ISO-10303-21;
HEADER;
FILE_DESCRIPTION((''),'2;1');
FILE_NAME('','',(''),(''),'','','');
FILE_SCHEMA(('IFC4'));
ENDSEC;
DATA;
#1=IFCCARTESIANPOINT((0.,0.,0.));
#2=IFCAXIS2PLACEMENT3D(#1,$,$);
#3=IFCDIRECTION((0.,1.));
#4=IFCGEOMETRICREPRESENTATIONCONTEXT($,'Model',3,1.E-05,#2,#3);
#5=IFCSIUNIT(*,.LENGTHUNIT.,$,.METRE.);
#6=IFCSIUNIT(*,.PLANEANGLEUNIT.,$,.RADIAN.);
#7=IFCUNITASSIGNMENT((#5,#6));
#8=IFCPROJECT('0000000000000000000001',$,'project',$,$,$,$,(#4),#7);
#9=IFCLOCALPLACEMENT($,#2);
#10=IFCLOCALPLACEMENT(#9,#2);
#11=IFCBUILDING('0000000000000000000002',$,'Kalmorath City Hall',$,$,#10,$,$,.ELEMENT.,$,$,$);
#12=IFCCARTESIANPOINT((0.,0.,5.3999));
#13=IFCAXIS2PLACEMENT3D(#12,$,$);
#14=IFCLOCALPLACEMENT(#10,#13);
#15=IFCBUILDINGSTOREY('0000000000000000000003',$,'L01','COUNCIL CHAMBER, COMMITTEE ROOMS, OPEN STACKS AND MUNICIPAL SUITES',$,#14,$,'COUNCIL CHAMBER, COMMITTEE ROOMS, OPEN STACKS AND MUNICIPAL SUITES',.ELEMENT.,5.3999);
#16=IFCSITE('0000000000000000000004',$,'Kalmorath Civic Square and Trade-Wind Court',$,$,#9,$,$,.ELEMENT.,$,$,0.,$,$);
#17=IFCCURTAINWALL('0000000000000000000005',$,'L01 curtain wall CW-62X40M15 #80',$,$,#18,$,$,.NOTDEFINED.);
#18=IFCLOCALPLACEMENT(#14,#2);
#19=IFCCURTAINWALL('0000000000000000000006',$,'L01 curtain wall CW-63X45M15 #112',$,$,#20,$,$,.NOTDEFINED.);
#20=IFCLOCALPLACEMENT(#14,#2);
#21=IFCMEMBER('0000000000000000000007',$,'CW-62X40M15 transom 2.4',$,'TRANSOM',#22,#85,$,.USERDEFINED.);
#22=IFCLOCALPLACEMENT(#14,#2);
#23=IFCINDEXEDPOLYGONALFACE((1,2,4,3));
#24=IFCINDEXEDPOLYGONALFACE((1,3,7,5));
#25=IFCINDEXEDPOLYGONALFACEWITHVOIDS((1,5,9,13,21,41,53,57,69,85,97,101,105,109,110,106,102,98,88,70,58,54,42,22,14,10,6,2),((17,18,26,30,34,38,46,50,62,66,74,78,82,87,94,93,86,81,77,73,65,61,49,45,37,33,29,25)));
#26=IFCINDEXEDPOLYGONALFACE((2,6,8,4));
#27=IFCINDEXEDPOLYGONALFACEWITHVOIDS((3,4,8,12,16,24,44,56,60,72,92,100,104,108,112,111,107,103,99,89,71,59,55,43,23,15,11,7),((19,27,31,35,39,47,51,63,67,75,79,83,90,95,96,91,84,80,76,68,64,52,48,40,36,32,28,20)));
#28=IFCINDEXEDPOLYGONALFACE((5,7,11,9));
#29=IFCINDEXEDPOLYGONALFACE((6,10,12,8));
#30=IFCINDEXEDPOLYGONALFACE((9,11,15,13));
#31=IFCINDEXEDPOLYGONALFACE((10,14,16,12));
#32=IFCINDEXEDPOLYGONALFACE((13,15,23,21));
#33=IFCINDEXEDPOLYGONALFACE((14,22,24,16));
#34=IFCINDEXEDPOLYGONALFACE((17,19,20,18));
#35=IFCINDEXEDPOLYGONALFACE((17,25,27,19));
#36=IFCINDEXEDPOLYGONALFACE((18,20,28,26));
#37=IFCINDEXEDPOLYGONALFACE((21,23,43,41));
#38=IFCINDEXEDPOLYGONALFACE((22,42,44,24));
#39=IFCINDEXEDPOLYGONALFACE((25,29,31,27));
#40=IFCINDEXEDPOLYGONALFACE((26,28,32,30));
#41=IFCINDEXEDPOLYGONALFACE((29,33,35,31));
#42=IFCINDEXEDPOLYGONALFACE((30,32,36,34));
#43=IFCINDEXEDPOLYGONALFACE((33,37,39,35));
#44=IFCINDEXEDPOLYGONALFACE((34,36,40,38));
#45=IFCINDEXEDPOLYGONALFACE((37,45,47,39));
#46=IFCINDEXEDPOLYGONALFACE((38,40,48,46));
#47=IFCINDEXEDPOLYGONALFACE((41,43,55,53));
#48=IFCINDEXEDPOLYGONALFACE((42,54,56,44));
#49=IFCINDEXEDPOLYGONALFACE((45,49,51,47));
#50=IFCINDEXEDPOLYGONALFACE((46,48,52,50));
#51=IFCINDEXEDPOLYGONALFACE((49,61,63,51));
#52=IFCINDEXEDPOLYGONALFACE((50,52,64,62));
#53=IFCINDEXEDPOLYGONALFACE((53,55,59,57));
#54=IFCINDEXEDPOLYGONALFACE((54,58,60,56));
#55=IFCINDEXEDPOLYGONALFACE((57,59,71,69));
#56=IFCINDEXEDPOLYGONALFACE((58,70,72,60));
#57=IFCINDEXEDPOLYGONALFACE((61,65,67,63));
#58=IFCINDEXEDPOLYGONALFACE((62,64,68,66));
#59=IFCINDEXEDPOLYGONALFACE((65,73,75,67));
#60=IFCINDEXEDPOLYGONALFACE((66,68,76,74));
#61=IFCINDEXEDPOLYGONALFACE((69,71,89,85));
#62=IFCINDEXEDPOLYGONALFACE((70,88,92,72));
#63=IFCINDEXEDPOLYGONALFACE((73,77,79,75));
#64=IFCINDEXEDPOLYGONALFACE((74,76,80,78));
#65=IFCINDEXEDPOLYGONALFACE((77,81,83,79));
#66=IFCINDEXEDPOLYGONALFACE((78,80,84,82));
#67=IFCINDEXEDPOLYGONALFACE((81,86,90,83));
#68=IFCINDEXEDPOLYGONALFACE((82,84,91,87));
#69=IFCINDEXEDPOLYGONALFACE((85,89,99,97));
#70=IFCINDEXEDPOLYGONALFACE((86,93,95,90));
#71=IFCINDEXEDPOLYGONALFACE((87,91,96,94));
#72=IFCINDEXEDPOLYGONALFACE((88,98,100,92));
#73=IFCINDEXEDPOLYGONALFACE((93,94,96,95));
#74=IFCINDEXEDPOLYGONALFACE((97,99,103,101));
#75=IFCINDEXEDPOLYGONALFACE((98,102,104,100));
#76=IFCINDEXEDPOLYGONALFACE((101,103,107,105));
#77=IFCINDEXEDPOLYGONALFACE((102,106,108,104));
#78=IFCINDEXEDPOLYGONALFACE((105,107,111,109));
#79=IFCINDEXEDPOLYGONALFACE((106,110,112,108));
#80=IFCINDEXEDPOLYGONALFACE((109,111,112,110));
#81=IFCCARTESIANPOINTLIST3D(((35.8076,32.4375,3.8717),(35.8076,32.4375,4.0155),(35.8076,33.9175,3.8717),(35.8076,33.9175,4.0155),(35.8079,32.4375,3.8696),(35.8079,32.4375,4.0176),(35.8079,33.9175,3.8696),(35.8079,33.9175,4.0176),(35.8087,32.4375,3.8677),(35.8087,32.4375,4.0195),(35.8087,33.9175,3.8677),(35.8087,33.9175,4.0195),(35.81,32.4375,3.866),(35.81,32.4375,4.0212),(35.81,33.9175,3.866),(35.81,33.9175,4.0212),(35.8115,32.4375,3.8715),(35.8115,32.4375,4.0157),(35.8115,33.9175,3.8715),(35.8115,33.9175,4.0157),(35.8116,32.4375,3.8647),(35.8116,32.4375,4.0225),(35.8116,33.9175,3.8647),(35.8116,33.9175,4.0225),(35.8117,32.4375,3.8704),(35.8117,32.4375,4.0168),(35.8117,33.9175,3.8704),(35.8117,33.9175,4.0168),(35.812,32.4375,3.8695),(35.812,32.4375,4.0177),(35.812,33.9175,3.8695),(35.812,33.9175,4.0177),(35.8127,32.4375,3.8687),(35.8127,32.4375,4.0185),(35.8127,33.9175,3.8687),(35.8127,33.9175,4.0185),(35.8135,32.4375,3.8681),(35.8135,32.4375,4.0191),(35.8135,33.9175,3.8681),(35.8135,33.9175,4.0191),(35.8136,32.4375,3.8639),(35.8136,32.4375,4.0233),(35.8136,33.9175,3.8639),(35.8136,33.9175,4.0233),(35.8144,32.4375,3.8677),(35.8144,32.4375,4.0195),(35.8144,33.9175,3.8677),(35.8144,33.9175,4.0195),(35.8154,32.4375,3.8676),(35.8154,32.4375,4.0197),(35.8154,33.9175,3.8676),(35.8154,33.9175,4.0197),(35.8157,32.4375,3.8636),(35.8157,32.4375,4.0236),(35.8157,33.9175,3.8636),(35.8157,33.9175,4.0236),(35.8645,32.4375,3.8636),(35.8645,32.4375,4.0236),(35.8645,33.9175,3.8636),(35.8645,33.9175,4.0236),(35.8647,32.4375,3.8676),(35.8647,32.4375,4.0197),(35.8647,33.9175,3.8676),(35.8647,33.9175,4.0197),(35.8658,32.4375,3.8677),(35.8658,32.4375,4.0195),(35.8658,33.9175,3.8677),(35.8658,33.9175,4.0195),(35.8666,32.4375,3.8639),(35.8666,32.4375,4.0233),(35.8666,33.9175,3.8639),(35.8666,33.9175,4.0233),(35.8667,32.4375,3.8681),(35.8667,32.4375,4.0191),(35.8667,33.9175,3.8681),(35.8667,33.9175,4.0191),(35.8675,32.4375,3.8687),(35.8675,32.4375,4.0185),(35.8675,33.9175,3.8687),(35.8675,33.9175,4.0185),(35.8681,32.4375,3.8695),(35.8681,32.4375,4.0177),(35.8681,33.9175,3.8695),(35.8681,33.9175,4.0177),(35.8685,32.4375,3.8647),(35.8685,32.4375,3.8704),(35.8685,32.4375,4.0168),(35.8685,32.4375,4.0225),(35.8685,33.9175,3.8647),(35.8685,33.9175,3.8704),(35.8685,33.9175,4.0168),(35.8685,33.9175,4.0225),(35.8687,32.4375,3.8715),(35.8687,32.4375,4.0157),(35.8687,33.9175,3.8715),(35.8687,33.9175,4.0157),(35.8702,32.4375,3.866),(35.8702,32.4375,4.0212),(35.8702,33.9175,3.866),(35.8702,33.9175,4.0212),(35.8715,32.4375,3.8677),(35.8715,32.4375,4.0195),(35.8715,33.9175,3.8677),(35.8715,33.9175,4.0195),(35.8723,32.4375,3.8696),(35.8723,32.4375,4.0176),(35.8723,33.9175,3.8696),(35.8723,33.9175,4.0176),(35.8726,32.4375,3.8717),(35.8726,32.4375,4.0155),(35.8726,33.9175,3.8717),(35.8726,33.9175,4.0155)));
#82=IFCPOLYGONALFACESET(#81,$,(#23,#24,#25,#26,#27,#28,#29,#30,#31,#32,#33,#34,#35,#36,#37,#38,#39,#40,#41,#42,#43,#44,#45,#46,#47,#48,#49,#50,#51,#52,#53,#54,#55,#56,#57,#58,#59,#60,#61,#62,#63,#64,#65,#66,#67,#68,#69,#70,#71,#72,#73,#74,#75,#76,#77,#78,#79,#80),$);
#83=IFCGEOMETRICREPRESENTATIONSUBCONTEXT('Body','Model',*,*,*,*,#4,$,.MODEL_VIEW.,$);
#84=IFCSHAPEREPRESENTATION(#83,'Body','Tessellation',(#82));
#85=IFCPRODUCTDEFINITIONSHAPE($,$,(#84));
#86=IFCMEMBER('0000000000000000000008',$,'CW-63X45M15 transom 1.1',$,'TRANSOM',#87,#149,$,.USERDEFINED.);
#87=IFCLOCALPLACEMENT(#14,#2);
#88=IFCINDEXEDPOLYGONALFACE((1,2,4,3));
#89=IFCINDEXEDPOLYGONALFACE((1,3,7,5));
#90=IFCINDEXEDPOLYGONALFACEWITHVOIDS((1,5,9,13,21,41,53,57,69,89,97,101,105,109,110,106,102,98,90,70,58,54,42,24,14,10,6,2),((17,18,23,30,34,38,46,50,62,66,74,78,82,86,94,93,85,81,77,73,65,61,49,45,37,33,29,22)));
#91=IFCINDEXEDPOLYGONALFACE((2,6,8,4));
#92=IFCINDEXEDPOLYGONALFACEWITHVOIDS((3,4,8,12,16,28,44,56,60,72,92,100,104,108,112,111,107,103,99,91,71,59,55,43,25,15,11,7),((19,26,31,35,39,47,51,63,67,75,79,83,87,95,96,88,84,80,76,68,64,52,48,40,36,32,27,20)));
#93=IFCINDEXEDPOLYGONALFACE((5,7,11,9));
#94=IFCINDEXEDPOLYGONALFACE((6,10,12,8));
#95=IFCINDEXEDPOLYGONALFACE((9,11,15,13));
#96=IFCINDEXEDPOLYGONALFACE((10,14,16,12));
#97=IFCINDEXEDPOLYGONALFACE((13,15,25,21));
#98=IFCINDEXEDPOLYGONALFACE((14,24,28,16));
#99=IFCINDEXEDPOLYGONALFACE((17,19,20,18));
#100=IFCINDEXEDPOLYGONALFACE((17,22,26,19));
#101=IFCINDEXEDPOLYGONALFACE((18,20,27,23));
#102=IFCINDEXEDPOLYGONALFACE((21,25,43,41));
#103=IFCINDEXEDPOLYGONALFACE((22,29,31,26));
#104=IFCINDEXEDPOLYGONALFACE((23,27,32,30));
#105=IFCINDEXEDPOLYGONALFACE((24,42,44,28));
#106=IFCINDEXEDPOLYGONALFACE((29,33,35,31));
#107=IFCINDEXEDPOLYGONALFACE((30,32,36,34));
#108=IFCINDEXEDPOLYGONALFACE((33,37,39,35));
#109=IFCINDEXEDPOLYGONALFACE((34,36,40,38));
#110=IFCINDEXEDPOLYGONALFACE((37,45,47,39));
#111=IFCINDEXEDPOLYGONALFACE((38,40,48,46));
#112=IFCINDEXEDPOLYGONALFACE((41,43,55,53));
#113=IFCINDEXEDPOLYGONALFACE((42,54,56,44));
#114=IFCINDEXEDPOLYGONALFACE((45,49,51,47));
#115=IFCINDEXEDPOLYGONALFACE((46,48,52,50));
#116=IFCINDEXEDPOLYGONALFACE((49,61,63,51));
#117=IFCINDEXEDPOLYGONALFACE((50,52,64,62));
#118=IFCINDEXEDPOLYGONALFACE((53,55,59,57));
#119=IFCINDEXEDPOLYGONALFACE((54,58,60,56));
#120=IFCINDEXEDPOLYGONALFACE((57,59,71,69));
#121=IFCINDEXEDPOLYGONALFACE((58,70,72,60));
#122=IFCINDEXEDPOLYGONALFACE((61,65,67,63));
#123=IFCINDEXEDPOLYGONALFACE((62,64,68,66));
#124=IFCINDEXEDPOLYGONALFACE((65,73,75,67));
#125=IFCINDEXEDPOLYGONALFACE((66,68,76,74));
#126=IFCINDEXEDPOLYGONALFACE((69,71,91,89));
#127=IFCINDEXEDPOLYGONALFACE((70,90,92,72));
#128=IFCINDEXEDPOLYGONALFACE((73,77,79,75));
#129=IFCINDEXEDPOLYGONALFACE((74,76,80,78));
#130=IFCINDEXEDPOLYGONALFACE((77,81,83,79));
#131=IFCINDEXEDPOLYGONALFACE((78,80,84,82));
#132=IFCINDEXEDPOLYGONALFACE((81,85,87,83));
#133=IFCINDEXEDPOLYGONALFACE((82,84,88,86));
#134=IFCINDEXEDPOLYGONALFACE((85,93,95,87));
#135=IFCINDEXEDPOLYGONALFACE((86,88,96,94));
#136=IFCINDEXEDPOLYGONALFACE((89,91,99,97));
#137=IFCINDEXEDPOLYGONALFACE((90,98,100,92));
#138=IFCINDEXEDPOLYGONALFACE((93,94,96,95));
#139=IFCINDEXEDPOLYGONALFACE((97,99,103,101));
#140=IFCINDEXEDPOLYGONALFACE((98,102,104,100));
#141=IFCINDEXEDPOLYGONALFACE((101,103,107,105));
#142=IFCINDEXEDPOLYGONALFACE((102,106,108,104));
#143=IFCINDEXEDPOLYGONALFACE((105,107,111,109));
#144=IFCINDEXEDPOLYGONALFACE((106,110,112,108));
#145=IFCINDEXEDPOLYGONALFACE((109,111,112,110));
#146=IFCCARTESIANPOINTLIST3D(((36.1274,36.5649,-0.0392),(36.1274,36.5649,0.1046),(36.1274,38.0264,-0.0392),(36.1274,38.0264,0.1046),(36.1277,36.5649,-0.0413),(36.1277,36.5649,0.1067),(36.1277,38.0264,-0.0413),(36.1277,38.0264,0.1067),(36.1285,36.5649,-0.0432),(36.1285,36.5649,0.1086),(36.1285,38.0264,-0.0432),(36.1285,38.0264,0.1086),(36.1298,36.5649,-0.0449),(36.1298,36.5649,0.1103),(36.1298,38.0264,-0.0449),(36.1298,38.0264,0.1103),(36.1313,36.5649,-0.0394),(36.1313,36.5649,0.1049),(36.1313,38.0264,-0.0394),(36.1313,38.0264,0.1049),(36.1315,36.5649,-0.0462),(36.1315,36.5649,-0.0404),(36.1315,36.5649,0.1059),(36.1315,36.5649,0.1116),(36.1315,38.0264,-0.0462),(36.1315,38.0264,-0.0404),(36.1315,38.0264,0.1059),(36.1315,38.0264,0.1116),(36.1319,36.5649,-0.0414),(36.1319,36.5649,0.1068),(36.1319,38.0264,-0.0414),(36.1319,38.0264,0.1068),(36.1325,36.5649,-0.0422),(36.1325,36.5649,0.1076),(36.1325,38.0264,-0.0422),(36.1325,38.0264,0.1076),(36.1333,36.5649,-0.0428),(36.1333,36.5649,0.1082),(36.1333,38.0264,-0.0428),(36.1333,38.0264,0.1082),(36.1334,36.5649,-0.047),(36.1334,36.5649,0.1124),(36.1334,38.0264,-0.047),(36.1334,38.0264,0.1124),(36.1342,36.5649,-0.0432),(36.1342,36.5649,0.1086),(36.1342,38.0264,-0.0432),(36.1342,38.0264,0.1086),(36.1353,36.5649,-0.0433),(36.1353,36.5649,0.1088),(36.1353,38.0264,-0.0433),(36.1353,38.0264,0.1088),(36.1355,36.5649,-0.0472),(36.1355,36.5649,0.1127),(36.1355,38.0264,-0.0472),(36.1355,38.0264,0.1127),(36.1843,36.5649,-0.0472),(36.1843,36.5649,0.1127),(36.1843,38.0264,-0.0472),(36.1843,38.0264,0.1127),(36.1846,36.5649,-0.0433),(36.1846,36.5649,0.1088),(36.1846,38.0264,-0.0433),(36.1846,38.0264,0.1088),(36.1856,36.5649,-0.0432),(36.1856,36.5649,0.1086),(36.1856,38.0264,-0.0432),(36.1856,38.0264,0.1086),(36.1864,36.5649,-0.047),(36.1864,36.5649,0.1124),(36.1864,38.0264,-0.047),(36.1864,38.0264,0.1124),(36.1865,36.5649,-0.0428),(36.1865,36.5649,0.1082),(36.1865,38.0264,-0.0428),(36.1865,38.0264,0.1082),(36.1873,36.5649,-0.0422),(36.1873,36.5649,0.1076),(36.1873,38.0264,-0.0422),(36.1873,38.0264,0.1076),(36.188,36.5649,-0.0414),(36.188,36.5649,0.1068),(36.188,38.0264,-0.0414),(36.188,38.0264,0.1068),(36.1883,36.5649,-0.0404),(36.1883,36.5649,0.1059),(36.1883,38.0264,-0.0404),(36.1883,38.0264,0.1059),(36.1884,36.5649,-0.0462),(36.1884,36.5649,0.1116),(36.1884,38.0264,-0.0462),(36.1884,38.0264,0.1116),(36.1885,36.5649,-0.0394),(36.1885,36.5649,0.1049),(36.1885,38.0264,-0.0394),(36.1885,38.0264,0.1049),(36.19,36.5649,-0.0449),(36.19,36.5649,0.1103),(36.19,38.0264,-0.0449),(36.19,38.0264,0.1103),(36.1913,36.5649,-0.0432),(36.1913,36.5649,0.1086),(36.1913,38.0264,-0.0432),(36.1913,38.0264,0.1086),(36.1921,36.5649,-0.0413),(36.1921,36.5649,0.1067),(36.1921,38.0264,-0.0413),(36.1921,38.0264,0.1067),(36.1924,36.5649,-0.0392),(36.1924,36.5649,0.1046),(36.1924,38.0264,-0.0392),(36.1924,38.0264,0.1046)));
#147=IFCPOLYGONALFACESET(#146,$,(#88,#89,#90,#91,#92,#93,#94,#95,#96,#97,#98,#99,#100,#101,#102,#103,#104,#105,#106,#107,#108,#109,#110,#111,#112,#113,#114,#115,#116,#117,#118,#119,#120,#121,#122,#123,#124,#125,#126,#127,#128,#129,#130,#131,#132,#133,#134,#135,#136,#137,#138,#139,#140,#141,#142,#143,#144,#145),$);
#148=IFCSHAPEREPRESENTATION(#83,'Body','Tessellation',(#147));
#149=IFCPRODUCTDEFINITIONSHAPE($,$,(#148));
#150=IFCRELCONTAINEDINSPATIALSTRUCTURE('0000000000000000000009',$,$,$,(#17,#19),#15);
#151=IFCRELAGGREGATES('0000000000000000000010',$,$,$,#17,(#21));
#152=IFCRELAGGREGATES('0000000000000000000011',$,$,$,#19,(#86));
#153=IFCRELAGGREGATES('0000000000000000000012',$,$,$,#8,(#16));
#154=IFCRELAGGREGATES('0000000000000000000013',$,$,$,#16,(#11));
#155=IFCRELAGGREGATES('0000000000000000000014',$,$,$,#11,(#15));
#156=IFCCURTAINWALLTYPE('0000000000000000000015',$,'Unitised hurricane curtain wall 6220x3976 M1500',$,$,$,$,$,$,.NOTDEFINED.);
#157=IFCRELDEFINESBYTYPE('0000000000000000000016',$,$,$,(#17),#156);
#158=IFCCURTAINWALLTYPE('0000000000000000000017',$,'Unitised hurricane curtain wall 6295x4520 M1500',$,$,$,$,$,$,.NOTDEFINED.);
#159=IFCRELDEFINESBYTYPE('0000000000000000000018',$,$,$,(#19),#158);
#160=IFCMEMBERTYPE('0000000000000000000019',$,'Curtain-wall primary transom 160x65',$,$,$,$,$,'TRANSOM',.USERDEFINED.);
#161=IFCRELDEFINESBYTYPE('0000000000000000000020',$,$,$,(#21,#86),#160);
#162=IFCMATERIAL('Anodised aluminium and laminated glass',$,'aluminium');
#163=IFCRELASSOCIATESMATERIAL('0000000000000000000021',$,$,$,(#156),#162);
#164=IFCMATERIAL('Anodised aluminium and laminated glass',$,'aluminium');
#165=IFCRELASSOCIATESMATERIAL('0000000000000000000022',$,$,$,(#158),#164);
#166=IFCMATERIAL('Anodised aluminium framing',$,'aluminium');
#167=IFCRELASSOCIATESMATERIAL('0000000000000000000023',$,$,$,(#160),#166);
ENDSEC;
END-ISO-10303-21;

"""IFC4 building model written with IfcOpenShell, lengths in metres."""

from ifc_helpers import new_model, si_unit, direction, frame, origin, origin_2d, place, context, subcontext, project, spatial, hollow_rectangle, extrude, material, material_profile, profile_set, type_object, element, aggregate, save


model = new_model("IFC4")

# Units and contexts
model_context = context("Model", 3, precision=1e-05, world=origin(), true_north=direction((0.0, 1.0)))
body_context = subcontext(model_context, "Body", "Model", "MODEL_VIEW")
ifc_project = project(units=[si_unit("LENGTHUNIT", "METRE"), si_unit("PLANEANGLEUNIT", "RADIAN")], contexts=[model_context])

# Site, building, storey
site_placement = place(None, origin())
site = spatial("IfcSite", under=ifc_project, at=site_placement, Name="Kalmorath Civic Square and Trade-Wind Court", CompositionType="ELEMENT", RefElevation=0.0)
building_placement = place(site_placement, origin())
building = spatial("IfcBuilding", under=site, at=building_placement, Name="Kalmorath City Hall", CompositionType="ELEMENT")
storey_placement = place(building_placement, frame((0.0, 0.0, 5.3999)))
storey = spatial("IfcBuildingStorey", under=building, at=storey_placement, Name="L01", Description="COUNCIL CHAMBER, COMMITTEE ROOMS, OPEN STACKS AND MUNICIPAL SUITES", LongName="COUNCIL CHAMBER, COMMITTEE ROOMS, OPEN STACKS AND MUNICIPAL SUITES", CompositionType="ELEMENT", Elevation=5.3999)

# Curtain wall
ifc_material_1 = material(Name="Anodised aluminium and laminated glass", Category="aluminium")
curtain_wall_type_1 = type_object("IfcCurtainWallType", Name="Unitised hurricane curtain wall 6220x3976 M1500", PredefinedType="NOTDEFINED", material=ifc_material_1)
curtain_wall_1_placement = place(storey_placement, origin())
curtain_wall_1 = element("IfcCurtainWall", 1, at=curtain_wall_1_placement, inside=storey, type_object=curtain_wall_type_1, Name="L01 curtain wall CW-62X40M15 #80", PredefinedType="NOTDEFINED")

# Curtain wall
ifc_material_2 = material(Name="Anodised aluminium and laminated glass", Category="aluminium")
curtain_wall_type_2 = type_object("IfcCurtainWallType", Name="Unitised hurricane curtain wall 6295x4520 M1500", PredefinedType="NOTDEFINED", material=ifc_material_2)
curtain_wall_2_placement = place(storey_placement, origin())
curtain_wall_2 = element("IfcCurtainWall", 2, at=curtain_wall_2_placement, inside=storey, type_object=curtain_wall_type_2, Name="L01 curtain wall CW-63X45M15 #112", PredefinedType="NOTDEFINED")

# Members
ifc_material_3 = material(Name="Anodised aluminium framing", Category="aluminium")
ifc_material_profile_1 = material_profile(ifc_material_3, hollow_rectangle(XDim=0.0649, YDim=0.1599, WallThickness=0.0039, InnerFilletRadius=0.0039, OuterFilletRadius=0.0081, at=origin_2d()), Name="ALU-TRN-160X65X4")
ifc_profile_set_1 = profile_set([ifc_material_profile_1], Name="Anodised aluminium framing")
member_type_1 = type_object("IfcMemberType", Name="Curtain-wall primary transom 160x65", ElementType="TRANSOM", PredefinedType="USERDEFINED", material=ifc_profile_set_1)
member_1_placement = place(storey_placement, frame((35.8401, 33.9175, 3.9436), z_axis=(0.0, -1.0, 0.0), x_axis=(1.0, 0.0, 0.0)))
member_1 = element("IfcMember", 3, at=member_1_placement, type_object=member_type_1, Name="CW-62X40M15 transom 2.4", ObjectType="TRANSOM", PredefinedType="USERDEFINED", context=body_context, shape_type="SweptSolid", body=[
    extrude(hollow_rectangle(XDim=0.0649, YDim=0.1599, WallThickness=0.0039, InnerFilletRadius=0.0039, OuterFilletRadius=0.0081, at=origin_2d()), origin(), (0.0, 0.0, 1.0), 1.48),
])
member_2_placement = place(storey_placement, frame((36.1599, 36.5649, 0.0327), z_axis=(0.0, 1.0, 0.0), x_axis=(-1.0, 0.0, 0.0)))
member_2 = element("IfcMember", 4, at=member_2_placement, type_object=member_type_1, Name="CW-63X45M15 transom 1.1", ObjectType="TRANSOM", PredefinedType="USERDEFINED", context=body_context, shape_type="SweptSolid", body=[
    extrude(hollow_rectangle(XDim=0.0649, YDim=0.1599, WallThickness=0.0039, InnerFilletRadius=0.0039, OuterFilletRadius=0.0081, at=origin_2d()), origin(), (0.0, 0.0, 1.0), 1.4614),
])

aggregate(curtain_wall_1, [member_1])
aggregate(curtain_wall_2, [member_2])

save(model, "model.ifc")
